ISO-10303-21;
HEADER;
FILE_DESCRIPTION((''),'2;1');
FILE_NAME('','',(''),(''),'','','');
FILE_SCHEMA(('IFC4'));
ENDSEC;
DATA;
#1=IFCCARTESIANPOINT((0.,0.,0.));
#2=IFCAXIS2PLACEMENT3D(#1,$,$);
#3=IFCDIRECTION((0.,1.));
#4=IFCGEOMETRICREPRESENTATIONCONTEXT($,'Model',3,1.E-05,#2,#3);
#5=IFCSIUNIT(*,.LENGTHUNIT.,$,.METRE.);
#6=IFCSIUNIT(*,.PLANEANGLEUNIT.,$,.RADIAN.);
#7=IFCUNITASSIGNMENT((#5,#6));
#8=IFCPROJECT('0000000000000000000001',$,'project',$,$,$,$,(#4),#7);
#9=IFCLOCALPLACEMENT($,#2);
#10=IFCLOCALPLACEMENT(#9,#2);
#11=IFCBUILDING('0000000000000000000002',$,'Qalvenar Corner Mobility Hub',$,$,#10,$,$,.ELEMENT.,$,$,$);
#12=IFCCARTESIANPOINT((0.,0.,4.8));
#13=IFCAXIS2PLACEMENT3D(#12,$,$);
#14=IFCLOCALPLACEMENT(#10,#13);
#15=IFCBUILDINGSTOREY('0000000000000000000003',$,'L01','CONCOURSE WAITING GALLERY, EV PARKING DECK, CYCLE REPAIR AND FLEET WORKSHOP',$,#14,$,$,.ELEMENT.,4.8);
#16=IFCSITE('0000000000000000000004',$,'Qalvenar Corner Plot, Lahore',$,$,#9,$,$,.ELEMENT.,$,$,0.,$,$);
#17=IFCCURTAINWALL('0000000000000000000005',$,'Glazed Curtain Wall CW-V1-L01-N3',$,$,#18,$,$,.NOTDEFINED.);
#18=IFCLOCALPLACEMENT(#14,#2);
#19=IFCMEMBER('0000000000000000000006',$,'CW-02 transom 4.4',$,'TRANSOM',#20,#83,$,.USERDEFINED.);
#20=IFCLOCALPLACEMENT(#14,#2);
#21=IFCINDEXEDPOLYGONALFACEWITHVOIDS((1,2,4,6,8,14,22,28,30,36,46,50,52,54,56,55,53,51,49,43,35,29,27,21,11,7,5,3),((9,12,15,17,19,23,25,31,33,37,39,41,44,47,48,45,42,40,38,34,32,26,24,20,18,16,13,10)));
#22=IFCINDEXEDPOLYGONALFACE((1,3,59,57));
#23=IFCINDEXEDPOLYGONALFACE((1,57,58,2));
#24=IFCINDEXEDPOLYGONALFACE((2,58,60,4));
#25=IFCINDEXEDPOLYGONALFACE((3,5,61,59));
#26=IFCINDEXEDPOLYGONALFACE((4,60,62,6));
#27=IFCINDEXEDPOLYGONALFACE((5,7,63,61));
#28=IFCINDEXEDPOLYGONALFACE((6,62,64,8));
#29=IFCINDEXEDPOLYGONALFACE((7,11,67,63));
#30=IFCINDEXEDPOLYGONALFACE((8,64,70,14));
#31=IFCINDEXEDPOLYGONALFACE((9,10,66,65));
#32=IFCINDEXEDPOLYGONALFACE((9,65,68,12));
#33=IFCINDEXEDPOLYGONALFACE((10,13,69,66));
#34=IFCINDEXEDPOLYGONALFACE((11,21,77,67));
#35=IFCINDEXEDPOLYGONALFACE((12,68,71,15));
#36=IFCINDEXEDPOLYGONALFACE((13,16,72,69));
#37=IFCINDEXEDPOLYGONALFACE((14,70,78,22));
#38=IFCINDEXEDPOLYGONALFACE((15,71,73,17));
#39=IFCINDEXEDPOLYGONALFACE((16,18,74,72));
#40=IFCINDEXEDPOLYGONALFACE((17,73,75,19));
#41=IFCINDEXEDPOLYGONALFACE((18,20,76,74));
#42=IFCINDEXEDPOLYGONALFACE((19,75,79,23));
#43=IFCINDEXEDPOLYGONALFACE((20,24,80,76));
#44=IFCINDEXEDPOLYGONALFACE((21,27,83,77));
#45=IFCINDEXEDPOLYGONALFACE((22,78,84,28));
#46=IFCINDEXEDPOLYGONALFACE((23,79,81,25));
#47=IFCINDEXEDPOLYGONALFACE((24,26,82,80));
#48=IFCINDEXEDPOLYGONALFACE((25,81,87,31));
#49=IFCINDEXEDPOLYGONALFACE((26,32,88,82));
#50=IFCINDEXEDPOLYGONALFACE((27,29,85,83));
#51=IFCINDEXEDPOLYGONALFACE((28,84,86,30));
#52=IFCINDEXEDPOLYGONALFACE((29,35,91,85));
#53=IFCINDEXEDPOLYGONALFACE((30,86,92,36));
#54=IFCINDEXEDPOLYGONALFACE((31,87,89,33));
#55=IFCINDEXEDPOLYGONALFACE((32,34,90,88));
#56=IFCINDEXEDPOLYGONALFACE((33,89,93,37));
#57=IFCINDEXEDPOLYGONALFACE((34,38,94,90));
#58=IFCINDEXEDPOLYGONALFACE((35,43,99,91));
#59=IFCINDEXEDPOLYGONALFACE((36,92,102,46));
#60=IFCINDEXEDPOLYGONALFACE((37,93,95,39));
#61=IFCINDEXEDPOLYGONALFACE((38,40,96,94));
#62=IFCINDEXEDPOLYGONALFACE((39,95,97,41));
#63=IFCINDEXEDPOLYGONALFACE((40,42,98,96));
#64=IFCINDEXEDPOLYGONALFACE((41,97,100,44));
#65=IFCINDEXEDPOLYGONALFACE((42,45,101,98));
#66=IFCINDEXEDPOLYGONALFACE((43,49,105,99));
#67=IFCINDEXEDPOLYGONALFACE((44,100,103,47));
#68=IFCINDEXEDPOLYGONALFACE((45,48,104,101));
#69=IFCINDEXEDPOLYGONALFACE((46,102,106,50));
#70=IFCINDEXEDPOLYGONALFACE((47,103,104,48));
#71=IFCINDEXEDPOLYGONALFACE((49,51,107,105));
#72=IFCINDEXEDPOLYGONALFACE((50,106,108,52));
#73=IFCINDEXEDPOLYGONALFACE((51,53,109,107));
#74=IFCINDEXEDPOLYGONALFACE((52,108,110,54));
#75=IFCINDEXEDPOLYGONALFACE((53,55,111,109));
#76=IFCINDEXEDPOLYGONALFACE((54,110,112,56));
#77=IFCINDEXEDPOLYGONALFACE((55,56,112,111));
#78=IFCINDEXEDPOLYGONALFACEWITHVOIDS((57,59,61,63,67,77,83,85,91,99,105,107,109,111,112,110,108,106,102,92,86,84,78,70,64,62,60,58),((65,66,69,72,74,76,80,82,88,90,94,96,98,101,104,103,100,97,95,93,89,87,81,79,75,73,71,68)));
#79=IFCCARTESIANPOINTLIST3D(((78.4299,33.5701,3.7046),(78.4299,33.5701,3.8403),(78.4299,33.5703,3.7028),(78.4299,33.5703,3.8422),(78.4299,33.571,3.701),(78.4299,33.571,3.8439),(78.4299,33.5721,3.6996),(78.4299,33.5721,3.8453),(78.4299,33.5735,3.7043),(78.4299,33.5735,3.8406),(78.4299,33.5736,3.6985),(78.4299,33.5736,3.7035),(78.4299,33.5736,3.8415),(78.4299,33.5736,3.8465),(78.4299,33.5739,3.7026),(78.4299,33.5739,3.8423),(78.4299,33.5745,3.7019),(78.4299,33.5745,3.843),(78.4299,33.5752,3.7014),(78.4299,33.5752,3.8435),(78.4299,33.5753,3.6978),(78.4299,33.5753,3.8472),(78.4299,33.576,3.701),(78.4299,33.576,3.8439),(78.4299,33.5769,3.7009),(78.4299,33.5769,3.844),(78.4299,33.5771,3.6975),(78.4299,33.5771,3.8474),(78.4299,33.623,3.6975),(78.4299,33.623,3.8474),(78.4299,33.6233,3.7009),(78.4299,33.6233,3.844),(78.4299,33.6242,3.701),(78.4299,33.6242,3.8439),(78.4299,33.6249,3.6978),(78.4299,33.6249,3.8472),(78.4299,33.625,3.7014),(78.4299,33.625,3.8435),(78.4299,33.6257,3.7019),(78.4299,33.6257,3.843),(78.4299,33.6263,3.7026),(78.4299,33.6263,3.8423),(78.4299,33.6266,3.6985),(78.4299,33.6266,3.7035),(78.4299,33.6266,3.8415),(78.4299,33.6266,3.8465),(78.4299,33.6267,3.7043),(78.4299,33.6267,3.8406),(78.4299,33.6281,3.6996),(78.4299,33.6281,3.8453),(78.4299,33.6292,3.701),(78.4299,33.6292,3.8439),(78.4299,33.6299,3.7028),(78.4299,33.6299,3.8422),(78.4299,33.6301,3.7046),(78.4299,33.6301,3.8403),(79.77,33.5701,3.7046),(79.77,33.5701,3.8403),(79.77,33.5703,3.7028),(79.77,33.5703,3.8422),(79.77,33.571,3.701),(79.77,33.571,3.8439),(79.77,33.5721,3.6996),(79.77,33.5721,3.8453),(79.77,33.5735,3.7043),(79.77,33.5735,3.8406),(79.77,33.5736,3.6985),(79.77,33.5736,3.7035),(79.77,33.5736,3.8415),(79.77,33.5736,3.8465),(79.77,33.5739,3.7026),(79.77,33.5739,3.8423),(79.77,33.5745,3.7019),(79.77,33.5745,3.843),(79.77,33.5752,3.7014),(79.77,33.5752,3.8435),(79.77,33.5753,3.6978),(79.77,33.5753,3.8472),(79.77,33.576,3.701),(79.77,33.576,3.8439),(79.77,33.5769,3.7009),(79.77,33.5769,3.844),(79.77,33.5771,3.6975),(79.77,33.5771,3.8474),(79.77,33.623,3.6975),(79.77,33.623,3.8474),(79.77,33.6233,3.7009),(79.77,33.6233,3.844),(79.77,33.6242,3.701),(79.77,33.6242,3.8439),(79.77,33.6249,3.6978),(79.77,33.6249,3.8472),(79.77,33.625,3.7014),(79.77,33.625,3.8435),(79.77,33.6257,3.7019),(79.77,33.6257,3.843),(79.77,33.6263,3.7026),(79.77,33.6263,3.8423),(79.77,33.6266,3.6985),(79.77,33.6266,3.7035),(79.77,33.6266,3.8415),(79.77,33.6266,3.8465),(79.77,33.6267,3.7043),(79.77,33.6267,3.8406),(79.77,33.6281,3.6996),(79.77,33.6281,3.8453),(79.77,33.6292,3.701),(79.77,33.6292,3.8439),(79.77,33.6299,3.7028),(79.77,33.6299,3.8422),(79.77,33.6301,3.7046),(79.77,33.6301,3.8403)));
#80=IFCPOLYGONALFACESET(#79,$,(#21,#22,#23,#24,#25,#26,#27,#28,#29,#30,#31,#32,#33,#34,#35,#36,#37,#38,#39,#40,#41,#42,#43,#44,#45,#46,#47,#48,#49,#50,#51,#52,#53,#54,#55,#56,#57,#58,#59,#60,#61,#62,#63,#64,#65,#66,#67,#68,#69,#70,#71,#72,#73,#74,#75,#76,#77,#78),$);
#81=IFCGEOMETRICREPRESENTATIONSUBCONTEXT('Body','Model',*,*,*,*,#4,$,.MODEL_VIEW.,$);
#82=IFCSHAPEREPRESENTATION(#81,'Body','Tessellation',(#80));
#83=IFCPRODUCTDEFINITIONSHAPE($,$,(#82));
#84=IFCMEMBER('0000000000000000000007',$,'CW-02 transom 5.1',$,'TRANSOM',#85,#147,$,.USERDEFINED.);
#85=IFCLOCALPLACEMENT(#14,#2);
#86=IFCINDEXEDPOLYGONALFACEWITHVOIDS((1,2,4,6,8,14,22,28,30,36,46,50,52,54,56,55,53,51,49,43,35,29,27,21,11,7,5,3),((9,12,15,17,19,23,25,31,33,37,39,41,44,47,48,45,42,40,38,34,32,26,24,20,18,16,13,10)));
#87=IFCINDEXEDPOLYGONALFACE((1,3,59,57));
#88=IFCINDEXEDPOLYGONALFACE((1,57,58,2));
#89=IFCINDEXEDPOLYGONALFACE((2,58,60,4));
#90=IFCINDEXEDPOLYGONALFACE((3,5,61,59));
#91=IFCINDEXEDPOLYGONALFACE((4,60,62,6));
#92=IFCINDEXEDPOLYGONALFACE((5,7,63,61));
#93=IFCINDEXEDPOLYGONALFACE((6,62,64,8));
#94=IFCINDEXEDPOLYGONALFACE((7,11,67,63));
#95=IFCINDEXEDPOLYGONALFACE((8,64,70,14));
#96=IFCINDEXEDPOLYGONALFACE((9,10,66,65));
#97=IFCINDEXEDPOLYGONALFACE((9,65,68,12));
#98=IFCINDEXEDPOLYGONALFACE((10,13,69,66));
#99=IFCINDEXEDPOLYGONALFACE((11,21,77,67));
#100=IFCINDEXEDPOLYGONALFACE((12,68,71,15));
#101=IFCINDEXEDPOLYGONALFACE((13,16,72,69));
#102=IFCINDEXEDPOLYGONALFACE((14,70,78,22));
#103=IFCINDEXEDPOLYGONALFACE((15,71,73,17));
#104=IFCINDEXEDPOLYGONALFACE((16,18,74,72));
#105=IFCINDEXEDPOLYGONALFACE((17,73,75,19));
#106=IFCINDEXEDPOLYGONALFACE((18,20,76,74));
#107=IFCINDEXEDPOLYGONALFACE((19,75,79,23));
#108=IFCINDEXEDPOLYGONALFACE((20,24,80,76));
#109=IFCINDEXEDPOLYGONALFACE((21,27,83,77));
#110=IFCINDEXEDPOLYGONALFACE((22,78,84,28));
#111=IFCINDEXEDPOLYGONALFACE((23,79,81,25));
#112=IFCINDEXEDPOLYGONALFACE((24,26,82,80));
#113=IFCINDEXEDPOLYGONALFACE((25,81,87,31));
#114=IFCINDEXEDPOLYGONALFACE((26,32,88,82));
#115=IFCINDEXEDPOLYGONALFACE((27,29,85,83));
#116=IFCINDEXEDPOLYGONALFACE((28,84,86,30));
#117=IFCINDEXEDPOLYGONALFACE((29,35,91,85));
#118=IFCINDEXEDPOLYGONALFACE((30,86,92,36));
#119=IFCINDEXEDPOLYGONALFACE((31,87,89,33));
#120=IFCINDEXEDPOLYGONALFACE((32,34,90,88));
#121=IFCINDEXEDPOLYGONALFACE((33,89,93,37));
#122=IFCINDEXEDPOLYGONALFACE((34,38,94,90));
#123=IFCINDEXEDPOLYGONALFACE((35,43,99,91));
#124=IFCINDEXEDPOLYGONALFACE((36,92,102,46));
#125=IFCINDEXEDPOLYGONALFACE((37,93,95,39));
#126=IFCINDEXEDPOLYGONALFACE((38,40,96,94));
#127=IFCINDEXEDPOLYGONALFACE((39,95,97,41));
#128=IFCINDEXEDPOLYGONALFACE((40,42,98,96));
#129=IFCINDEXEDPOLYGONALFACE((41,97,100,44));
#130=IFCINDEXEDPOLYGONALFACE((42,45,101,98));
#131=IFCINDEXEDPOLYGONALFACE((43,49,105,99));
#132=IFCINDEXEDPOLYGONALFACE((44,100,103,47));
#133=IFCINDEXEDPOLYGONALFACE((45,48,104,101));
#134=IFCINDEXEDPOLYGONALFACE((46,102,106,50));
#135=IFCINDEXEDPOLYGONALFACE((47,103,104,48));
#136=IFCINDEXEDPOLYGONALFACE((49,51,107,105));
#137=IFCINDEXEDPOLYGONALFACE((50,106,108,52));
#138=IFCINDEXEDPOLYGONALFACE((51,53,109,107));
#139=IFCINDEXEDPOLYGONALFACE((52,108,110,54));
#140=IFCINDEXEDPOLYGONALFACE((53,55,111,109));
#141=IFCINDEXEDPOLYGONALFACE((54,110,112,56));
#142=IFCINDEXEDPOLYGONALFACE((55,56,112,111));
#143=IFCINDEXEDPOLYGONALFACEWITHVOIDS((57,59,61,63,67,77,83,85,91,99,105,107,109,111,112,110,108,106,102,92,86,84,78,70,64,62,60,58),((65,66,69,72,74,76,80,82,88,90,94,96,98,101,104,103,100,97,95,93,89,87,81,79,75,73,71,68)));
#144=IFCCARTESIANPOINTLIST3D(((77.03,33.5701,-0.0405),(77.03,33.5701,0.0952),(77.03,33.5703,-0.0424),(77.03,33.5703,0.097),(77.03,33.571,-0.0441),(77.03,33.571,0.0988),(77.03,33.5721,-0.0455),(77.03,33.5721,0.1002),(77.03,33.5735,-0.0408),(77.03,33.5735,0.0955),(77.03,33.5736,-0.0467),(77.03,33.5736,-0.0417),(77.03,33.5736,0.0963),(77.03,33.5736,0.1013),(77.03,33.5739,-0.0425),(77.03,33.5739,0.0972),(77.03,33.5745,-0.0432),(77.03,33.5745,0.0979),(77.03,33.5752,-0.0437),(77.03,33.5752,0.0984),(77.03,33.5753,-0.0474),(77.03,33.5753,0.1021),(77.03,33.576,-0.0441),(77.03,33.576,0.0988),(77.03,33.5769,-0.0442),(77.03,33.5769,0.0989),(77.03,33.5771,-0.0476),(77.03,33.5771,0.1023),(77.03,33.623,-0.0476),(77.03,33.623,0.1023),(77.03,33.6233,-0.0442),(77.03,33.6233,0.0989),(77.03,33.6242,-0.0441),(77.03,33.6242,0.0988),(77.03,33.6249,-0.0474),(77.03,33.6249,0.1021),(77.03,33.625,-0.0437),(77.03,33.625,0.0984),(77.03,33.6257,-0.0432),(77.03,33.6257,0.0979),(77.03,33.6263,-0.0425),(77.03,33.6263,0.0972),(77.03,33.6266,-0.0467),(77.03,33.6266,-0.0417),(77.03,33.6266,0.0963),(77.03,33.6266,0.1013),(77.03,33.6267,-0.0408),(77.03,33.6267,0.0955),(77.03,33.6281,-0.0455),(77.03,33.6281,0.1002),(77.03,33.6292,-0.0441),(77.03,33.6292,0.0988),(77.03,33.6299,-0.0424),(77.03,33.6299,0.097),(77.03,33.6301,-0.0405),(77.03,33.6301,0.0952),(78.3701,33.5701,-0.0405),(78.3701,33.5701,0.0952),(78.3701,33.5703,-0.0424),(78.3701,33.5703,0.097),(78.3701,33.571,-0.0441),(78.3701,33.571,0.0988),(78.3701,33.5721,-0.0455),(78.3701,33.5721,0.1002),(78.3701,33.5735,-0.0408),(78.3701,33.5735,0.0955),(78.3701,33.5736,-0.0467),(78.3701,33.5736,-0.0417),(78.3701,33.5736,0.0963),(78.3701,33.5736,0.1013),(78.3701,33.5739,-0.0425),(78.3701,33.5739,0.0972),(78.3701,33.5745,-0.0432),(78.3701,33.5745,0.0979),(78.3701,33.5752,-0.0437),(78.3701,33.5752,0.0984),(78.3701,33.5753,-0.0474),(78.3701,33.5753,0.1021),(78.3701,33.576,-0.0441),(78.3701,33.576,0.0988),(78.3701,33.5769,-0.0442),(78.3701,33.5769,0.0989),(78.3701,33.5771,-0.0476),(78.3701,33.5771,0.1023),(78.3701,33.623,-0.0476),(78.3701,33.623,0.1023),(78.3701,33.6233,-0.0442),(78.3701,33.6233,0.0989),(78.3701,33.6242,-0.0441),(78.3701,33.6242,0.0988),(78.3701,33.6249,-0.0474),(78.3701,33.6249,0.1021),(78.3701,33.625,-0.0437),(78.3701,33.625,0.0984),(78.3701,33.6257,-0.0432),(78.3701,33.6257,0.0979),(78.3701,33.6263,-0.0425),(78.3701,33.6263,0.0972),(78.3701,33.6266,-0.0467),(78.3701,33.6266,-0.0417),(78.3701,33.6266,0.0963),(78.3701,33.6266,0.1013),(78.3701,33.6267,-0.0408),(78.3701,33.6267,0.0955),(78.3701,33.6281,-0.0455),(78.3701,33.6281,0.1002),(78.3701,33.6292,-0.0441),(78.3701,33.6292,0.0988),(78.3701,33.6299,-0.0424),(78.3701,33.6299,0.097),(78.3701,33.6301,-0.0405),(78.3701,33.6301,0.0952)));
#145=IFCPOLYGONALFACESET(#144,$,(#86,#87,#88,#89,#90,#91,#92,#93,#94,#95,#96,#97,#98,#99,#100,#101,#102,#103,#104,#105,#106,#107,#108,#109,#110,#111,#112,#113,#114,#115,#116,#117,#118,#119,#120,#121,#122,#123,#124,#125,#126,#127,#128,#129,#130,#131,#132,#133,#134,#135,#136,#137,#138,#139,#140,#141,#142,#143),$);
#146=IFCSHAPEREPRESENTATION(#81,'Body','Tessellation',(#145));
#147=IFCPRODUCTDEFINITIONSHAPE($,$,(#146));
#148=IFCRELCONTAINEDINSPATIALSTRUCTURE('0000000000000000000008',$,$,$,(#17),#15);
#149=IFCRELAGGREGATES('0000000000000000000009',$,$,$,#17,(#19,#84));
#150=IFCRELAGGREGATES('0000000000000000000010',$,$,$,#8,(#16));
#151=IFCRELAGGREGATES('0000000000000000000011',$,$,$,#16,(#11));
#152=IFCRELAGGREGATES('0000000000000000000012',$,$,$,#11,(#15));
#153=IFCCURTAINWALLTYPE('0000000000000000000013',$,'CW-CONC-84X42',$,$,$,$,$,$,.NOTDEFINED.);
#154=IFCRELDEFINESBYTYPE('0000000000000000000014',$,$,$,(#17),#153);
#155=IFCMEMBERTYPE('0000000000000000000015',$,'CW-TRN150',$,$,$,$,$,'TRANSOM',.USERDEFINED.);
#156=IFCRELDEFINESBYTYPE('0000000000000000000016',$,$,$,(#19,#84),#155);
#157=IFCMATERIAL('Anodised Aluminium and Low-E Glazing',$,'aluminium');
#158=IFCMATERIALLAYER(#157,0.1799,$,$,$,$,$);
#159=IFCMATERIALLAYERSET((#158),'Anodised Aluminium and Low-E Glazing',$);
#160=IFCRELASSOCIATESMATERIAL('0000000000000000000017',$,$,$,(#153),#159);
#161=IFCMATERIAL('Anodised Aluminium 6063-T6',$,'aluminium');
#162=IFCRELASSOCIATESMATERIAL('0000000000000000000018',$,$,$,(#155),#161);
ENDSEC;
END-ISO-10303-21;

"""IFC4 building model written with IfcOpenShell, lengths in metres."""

from ifc_helpers import new_model, si_unit, direction, frame, origin, origin_2d, place, context, subcontext, project, spatial, hollow_rectangle, extrude, material, layer, layer_set, material_profile, profile_set, type_object, element, aggregate, save


model = new_model("IFC4")

# Units and contexts
model_context = context("Model", 3, precision=1e-05, world=origin(), true_north=direction((0.0, 1.0)))
body_context = subcontext(model_context, "Body", "Model", "MODEL_VIEW")
ifc_project = project(units=[si_unit("LENGTHUNIT", "METRE"), si_unit("PLANEANGLEUNIT", "RADIAN")], contexts=[model_context])

# Site, building, storey
site_placement = place(None, origin())
site = spatial("IfcSite", under=ifc_project, at=site_placement, Name="Qalvenar Corner Plot, Lahore", CompositionType="ELEMENT", RefElevation=0.0)
building_placement = place(site_placement, origin())
building = spatial("IfcBuilding", under=site, at=building_placement, Name="Qalvenar Corner Mobility Hub", CompositionType="ELEMENT")
storey_placement = place(building_placement, frame((0.0, 0.0, 4.8)))
storey = spatial("IfcBuildingStorey", under=building, at=storey_placement, Name="L01", Description="CONCOURSE WAITING GALLERY, EV PARKING DECK, CYCLE REPAIR AND FLEET WORKSHOP", CompositionType="ELEMENT", Elevation=4.8)

# Curtain wall, members
ifc_material_1 = material(Name="Anodised Aluminium and Low-E Glazing", Category="aluminium")
ifc_layer_1 = layer(ifc_material_1, 0.1799)
ifc_layer_set_1 = layer_set([ifc_layer_1], Name="Anodised Aluminium and Low-E Glazing")
curtain_wall_type = type_object("IfcCurtainWallType", Name="CW-CONC-84X42", PredefinedType="NOTDEFINED", material=ifc_layer_set_1)
curtain_wall_placement = place(storey_placement, origin())
curtain_wall = element("IfcCurtainWall", 1, at=curtain_wall_placement, inside=storey, type_object=curtain_wall_type, Name="Glazed Curtain Wall CW-V1-L01-N3", PredefinedType="NOTDEFINED")
ifc_material_2 = material(Name="Anodised Aluminium 6063-T6", Category="aluminium")
ifc_material_profile_1 = material_profile(ifc_material_2, hollow_rectangle(XDim=0.0601, YDim=0.1499, WallThickness=0.0034, InnerFilletRadius=0.0034, OuterFilletRadius=0.0071, at=origin_2d()), Name="RHS150x60x3.5")
ifc_profile_set_1 = profile_set([ifc_material_profile_1], Name="Anodised Aluminium 6063-T6")
member_type_1 = type_object("IfcMemberType", Name="CW-TRN150", ElementType="TRANSOM", PredefinedType="USERDEFINED", material=ifc_profile_set_1)
member_1_placement = place(storey_placement, frame((79.77, 33.6001, 3.7725), z_axis=(-1.0, 0.0, 0.0), x_axis=(0.0, -1.0, 0.0)))
member_1 = element("IfcMember", 2, at=member_1_placement, type_object=member_type_1, Name="CW-02 transom 4.4", ObjectType="TRANSOM", PredefinedType="USERDEFINED", context=body_context, shape_type="SweptSolid", body=[
    extrude(hollow_rectangle(XDim=0.0601, YDim=0.1499, WallThickness=0.0034, InnerFilletRadius=0.0034, OuterFilletRadius=0.0071, at=origin_2d()), origin(), (0.0, 0.0, 1.0), 1.3401),
])
member_2_placement = place(storey_placement, frame((78.3701, 33.6001, 0.0273), z_axis=(-1.0, 0.0, 0.0), x_axis=(0.0, -1.0, 0.0)))
member_2 = element("IfcMember", 3, at=member_2_placement, type_object=member_type_1, Name="CW-02 transom 5.1", ObjectType="TRANSOM", PredefinedType="USERDEFINED", context=body_context, shape_type="SweptSolid", body=[
    extrude(hollow_rectangle(XDim=0.0601, YDim=0.1499, WallThickness=0.0034, InnerFilletRadius=0.0034, OuterFilletRadius=0.0071, at=origin_2d()), origin(), (0.0, 0.0, 1.0), 1.3401),
])
aggregate(curtain_wall, [member_1, member_2])

save(model, "model.ifc")
